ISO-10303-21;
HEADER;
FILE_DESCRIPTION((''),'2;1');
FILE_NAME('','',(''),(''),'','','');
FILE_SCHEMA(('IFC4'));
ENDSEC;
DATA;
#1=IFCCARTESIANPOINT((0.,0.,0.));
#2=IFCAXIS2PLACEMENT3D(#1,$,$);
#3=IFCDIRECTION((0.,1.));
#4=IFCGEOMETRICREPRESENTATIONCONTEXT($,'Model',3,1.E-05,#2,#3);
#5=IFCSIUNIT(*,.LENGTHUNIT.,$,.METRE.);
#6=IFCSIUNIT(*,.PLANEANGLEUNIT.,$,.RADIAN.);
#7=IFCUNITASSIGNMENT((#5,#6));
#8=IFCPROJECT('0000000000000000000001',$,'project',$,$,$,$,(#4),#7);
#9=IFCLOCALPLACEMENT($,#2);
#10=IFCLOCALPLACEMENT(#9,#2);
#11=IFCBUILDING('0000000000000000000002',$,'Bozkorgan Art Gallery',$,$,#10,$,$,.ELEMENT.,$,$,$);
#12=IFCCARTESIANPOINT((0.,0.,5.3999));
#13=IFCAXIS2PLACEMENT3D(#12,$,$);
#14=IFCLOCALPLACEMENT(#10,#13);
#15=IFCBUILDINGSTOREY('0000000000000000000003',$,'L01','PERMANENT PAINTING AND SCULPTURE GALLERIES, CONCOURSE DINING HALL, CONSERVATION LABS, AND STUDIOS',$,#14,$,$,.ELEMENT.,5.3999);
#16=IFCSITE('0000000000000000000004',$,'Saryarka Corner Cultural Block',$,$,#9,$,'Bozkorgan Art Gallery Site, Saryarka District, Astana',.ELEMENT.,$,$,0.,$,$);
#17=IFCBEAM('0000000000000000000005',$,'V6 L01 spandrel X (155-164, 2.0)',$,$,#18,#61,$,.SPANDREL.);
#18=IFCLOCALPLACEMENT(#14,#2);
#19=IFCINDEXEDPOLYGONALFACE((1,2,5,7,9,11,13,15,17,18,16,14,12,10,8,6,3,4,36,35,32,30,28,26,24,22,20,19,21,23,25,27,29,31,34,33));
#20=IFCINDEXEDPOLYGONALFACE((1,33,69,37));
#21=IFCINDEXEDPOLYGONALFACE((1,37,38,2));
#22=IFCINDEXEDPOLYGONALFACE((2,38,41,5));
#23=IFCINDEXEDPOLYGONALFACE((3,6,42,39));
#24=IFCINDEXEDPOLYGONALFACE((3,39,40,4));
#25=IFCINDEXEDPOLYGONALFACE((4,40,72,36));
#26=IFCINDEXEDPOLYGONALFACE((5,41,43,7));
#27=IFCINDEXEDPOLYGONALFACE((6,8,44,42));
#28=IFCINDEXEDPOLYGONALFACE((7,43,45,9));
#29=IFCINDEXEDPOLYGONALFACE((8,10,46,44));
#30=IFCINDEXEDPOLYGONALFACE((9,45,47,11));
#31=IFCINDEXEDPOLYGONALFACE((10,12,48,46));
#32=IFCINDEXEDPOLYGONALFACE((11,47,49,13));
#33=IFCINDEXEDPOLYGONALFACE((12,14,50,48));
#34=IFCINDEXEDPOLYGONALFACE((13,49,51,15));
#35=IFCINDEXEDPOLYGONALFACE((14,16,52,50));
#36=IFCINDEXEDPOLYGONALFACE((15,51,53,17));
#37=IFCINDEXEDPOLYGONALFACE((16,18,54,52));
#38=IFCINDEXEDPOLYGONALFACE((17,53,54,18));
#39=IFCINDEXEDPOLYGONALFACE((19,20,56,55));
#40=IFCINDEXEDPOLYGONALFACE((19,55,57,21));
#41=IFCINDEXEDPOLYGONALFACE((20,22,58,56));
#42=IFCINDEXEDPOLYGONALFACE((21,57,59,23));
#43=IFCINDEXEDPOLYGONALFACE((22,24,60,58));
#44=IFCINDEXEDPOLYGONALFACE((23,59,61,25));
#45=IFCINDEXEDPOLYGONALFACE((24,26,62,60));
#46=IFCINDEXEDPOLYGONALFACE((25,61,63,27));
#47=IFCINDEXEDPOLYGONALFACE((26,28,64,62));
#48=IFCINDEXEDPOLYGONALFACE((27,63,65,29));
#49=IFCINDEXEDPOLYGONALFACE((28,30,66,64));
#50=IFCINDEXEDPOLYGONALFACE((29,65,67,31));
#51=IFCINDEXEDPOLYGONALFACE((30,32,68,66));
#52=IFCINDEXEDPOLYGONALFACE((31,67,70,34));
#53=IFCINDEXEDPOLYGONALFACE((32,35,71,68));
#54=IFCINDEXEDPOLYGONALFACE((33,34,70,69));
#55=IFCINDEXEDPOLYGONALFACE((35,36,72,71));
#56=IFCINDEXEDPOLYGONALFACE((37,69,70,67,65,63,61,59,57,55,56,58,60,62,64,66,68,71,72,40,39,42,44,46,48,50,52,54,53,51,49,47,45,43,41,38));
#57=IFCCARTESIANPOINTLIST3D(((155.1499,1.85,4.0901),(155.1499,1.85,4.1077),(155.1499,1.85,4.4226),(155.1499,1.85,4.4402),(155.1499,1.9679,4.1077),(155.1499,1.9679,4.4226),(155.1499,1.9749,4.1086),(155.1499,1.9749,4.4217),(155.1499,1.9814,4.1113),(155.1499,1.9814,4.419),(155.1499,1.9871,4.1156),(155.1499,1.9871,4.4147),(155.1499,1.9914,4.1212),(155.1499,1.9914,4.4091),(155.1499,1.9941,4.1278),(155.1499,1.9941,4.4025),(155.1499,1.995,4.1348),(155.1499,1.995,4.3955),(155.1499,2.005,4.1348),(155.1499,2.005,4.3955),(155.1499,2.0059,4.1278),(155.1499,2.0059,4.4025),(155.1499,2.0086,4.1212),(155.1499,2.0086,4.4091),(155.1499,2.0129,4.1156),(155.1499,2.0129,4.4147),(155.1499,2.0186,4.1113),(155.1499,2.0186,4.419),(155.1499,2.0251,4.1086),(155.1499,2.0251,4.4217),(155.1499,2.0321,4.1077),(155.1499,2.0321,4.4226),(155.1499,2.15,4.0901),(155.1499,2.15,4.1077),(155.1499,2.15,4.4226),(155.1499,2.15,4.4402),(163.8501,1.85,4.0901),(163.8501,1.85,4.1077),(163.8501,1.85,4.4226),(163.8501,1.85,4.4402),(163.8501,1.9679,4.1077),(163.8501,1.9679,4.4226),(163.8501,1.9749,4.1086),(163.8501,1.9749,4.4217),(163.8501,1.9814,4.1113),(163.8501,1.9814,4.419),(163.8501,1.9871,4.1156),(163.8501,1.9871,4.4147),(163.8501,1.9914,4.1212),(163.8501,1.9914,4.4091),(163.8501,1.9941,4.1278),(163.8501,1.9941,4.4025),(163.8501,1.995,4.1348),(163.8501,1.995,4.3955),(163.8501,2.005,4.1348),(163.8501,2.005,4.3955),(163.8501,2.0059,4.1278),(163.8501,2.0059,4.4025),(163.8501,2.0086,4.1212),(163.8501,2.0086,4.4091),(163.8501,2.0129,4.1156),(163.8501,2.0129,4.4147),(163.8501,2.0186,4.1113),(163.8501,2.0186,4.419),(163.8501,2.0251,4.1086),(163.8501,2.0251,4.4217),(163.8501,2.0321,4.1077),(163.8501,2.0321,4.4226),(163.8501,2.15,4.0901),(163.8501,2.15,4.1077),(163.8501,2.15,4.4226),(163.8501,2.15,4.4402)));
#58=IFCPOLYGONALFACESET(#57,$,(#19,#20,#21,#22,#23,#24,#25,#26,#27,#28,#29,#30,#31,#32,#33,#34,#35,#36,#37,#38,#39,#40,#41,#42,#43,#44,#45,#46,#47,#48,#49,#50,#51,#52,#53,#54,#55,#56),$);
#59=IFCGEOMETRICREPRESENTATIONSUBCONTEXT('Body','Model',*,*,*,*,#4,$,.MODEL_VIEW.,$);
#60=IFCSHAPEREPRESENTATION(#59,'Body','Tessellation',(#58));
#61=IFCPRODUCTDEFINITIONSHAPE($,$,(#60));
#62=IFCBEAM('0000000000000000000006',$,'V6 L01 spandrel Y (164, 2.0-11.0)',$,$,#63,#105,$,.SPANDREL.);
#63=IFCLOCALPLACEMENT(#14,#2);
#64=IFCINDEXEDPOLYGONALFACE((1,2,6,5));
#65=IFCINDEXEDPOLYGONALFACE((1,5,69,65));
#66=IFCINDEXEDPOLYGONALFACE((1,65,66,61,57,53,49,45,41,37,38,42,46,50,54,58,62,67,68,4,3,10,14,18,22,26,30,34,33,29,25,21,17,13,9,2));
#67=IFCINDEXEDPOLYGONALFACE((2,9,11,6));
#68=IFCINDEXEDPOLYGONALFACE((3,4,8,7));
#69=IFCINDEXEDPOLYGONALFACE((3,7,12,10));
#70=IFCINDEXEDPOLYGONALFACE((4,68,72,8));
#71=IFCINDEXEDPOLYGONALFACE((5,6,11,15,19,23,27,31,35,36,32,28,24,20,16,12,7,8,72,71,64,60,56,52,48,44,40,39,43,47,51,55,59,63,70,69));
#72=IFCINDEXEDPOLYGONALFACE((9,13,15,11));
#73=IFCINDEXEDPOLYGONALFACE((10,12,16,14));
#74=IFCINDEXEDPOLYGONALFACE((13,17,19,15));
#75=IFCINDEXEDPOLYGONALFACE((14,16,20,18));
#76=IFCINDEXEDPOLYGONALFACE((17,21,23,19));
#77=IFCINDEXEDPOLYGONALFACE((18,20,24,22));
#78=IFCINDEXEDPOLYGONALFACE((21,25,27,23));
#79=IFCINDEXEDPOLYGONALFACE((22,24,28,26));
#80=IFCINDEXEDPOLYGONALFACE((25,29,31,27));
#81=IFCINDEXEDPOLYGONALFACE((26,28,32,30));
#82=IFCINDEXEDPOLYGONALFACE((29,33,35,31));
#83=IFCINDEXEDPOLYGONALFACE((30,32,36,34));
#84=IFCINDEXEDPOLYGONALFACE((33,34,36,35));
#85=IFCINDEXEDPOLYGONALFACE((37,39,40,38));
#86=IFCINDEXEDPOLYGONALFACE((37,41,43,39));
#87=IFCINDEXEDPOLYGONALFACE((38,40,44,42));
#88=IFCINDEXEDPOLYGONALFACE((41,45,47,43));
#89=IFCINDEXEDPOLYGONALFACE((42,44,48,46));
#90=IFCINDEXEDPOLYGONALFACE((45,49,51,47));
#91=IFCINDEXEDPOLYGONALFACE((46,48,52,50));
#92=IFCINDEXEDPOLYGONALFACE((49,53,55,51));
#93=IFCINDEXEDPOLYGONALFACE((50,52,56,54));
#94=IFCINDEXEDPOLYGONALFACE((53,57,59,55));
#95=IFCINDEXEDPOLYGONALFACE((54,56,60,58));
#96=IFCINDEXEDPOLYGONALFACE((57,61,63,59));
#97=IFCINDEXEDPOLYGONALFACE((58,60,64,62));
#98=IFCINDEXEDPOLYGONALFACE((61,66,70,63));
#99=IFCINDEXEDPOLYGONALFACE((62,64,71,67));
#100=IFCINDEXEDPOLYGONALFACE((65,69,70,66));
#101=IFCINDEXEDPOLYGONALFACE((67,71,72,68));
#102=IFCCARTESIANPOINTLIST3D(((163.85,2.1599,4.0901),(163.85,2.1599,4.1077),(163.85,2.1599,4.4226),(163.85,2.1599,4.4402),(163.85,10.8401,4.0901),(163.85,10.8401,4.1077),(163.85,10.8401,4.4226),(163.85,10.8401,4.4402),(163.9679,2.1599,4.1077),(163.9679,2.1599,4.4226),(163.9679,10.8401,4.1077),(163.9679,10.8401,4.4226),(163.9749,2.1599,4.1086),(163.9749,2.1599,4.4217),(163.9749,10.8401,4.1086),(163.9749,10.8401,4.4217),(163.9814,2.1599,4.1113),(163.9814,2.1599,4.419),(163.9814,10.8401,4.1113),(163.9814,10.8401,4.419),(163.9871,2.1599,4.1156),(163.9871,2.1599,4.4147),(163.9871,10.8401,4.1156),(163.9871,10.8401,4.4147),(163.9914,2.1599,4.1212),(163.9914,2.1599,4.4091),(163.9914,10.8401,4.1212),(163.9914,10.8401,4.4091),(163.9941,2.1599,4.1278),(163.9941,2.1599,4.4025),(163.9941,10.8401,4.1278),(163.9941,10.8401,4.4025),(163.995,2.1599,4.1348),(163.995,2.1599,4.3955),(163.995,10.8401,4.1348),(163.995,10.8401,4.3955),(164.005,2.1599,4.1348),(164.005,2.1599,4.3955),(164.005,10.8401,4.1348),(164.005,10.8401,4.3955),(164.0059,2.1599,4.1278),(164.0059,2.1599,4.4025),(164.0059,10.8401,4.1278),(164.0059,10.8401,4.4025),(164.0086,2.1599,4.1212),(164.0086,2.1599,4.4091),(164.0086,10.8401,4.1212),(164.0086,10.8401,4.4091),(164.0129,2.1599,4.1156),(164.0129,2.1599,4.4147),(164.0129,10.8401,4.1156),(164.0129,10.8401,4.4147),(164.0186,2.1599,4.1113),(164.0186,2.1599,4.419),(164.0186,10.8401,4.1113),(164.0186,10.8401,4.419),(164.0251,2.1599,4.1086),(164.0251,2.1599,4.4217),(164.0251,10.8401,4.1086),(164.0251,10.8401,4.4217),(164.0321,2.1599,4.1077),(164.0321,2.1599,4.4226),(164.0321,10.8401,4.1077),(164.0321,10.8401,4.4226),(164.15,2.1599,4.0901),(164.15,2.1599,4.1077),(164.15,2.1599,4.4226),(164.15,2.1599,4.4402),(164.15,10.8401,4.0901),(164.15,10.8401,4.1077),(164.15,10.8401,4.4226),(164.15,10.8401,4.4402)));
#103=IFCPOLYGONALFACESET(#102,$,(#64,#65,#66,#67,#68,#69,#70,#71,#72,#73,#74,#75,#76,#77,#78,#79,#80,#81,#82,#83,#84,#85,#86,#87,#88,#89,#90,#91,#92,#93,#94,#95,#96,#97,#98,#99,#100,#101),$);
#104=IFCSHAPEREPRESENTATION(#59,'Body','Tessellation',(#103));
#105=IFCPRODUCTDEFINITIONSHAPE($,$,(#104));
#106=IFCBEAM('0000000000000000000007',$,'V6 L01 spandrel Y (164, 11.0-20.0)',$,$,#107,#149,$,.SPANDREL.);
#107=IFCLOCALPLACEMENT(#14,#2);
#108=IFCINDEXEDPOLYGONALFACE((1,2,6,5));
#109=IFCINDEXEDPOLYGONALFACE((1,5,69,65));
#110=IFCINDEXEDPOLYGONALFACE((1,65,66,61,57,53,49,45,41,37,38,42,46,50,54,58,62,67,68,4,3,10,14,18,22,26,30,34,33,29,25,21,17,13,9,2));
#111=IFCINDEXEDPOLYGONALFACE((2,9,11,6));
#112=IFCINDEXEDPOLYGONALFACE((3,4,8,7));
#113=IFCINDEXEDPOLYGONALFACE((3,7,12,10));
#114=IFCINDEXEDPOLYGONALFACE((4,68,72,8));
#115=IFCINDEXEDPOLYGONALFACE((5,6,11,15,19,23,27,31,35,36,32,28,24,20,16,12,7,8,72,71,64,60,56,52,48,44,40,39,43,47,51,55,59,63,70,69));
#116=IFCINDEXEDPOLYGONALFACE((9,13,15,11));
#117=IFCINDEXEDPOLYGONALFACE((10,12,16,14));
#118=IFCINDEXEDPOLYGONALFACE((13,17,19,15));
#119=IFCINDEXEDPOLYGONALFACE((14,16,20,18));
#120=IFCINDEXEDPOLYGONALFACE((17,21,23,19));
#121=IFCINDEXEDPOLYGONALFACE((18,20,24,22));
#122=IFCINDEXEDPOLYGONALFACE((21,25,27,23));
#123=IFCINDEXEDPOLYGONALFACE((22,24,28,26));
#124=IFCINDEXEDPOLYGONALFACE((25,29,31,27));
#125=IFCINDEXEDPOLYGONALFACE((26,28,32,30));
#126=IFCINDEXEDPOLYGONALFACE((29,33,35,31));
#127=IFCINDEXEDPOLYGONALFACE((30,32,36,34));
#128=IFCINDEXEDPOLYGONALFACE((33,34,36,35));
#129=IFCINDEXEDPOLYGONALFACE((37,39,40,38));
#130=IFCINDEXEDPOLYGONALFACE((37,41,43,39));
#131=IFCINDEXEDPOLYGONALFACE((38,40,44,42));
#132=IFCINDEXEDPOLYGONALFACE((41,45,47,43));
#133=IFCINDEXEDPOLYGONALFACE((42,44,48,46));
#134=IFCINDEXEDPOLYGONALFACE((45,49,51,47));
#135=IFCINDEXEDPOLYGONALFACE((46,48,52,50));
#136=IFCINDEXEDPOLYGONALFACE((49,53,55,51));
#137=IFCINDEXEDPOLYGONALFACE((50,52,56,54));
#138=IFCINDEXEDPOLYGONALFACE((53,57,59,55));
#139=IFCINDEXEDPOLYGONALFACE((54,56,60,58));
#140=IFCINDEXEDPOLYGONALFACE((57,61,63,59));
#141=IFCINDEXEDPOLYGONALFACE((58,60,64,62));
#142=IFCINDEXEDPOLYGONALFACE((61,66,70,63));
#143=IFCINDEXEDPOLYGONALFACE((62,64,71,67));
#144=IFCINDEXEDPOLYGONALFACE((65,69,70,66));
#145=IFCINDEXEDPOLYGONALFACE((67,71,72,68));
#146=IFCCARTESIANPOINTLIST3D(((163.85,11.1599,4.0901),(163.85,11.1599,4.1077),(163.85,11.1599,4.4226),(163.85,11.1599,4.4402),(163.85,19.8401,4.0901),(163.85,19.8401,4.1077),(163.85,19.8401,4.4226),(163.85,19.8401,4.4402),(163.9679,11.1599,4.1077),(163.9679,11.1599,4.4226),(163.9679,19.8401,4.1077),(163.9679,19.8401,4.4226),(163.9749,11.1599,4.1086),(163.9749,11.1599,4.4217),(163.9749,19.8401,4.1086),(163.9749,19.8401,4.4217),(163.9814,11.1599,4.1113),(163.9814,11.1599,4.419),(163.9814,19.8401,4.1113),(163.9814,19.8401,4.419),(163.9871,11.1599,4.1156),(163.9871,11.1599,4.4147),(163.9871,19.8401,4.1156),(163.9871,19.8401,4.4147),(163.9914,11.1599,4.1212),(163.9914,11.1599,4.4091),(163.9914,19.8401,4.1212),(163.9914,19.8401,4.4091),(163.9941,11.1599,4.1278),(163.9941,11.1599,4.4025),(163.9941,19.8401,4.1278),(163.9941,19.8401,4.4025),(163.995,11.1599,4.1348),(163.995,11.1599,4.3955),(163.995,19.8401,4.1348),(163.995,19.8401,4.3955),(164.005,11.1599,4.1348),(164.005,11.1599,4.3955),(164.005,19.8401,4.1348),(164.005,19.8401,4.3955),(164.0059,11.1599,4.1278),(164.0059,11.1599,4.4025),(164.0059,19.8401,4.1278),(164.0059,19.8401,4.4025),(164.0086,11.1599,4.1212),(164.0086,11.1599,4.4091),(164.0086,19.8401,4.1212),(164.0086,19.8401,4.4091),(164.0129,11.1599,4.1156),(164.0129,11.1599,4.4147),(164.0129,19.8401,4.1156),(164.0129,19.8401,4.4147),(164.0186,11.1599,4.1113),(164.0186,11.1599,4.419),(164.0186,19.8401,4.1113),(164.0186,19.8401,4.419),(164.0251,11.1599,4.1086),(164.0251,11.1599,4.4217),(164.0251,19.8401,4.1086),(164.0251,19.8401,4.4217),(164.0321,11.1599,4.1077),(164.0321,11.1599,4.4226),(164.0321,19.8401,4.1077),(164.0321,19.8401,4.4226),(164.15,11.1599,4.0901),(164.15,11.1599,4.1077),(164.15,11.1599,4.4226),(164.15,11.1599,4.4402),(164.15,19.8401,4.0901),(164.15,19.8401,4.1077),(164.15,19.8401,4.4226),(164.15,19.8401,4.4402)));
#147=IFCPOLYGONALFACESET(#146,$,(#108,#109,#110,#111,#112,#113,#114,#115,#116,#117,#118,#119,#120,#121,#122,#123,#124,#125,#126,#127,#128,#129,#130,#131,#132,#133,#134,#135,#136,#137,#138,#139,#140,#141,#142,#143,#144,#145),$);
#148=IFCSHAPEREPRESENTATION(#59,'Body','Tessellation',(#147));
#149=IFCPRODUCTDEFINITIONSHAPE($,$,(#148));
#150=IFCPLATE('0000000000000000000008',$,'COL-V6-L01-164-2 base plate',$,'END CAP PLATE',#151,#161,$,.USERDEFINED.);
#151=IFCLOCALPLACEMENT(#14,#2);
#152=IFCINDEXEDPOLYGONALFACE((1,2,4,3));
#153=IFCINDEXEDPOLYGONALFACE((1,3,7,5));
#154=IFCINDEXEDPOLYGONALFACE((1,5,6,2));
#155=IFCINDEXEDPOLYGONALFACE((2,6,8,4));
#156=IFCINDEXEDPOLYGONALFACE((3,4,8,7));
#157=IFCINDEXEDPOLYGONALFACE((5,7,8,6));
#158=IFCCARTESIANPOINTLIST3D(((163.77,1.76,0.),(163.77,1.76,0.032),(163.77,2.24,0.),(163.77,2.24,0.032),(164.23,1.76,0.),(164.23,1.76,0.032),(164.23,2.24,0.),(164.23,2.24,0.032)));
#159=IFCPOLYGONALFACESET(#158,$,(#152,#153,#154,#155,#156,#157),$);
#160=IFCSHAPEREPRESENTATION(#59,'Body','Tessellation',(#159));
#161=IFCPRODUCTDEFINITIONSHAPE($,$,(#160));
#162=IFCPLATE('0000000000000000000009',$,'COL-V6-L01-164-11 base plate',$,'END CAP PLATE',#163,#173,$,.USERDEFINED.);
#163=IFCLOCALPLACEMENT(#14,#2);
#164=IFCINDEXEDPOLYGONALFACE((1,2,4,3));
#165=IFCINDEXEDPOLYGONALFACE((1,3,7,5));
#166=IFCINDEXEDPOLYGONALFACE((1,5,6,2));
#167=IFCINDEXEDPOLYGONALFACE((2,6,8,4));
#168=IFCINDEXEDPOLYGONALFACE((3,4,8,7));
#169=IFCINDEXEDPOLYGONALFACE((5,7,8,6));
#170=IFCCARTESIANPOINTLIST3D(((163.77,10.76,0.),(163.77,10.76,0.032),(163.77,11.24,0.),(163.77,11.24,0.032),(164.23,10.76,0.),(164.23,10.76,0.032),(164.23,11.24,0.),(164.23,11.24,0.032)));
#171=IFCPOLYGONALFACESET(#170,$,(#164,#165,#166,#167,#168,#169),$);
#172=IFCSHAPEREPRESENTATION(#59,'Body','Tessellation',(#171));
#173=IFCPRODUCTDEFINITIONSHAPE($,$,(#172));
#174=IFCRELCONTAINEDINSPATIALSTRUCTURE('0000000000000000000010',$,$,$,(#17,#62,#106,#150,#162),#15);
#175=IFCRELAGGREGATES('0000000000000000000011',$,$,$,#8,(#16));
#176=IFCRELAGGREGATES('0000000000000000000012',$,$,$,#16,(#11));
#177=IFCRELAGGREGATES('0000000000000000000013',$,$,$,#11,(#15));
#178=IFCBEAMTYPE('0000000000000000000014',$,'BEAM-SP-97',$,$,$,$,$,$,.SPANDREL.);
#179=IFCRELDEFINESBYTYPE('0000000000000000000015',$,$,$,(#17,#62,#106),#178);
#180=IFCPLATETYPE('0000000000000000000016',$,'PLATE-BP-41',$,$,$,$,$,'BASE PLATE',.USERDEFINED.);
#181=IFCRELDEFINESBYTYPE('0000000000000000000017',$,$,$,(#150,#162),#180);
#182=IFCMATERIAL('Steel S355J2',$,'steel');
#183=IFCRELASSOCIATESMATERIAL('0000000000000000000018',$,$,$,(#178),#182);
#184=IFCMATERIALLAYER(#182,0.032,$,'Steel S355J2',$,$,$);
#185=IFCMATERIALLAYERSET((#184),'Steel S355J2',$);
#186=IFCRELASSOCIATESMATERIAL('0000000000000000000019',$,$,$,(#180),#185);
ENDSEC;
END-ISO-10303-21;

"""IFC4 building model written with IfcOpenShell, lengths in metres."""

from ifc_helpers import new_model, si_unit, direction, frame, origin, origin_2d, place, context, subcontext, project, spatial, rectangle, i_section, extrude, material, layer, layer_set, material_profile, profile_set, type_object, element, save


model = new_model("IFC4")

# Units and contexts
model_context = context("Model", 3, precision=1e-05, world=origin(), true_north=direction((0.0, 1.0)))
body_context = subcontext(model_context, "Body", "Model", "MODEL_VIEW")
ifc_project = project(units=[si_unit("LENGTHUNIT", "METRE"), si_unit("PLANEANGLEUNIT", "RADIAN")], contexts=[model_context])

# Site, building, storey
site_placement = place(None, origin())
site = spatial("IfcSite", under=ifc_project, at=site_placement, Name="Saryarka Corner Cultural Block", LongName="Bozkorgan Art Gallery Site, Saryarka District, Astana", CompositionType="ELEMENT", RefElevation=0.0)
building_placement = place(site_placement, origin())
building = spatial("IfcBuilding", under=site, at=building_placement, Name="Bozkorgan Art Gallery", CompositionType="ELEMENT")
storey_placement = place(building_placement, frame((0.0, 0.0, 5.3999)))
storey = spatial("IfcBuildingStorey", under=building, at=storey_placement, Name="L01", Description="PERMANENT PAINTING AND SCULPTURE GALLERIES, CONCOURSE DINING HALL, CONSERVATION LABS, AND STUDIOS", CompositionType="ELEMENT", Elevation=5.3999)

# Shared definitions
ifc_material_1 = material(Name="Steel S355J2", Category="steel")

# Beams
ifc_material_profile_1 = material_profile(ifc_material_1, i_section(OverallWidth=0.3, OverallDepth=0.3501, WebThickness=0.01, FlangeThickness=0.0176, FilletRadius=0.0271, at=origin_2d()), Name="HEA 360")
ifc_profile_set_1 = profile_set([ifc_material_profile_1], Name="Steel S355J2")
beam_type_1 = type_object("IfcBeamType", Name="BEAM-SP-97", PredefinedType="SPANDREL", material=ifc_profile_set_1)
beam_1_placement = place(storey_placement, frame((155.1499, 2.0, 4.2651), z_axis=(1.0, 0.0, 0.0), x_axis=(0.0, 1.0, 0.0)))
element("IfcBeam", 1, at=beam_1_placement, inside=storey, type_object=beam_type_1, Name="V6 L01 spandrel X (155-164, 2.0)", PredefinedType="SPANDREL", context=body_context, shape_type="SweptSolid", body=[
    extrude(i_section(OverallWidth=0.3, OverallDepth=0.3501, WebThickness=0.01, FlangeThickness=0.0176, FilletRadius=0.0271, at=origin_2d()), origin(), (0.0, 0.0, 1.0), 8.7002),
])
for number, where, z_axis, x_axis, name in (
    (2, (164.0, 2.1599, 4.2651), (0.0, 1.0, 0.0), (-1.0, 0.0, 0.0), "V6 L01 spandrel Y (164, 2.0-11.0)"),
    (3, (164.0, 11.1599, 4.2651), (0.0, 1.0, 0.0), (-1.0, 0.0, 0.0), "V6 L01 spandrel Y (164, 11.0-20.0)"),
):
    element("IfcBeam", number, at=place(storey_placement, frame(where, z_axis=z_axis, x_axis=x_axis)), inside=storey, type_object=beam_type_1, Name=name, PredefinedType="SPANDREL", context=body_context, shape_type="SweptSolid", body=[
        extrude(i_section(OverallWidth=0.3, OverallDepth=0.3501, WebThickness=0.01, FlangeThickness=0.0176, FilletRadius=0.0271, at=origin_2d()), origin(), (0.0, 0.0, 1.0), 8.6802),
    ])

# Plates
ifc_layer_1 = layer(ifc_material_1, 0.032, Name="Steel S355J2")
ifc_layer_set_1 = layer_set([ifc_layer_1], Name="Steel S355J2")
plate_type = type_object("IfcPlateType", Name="PLATE-BP-41", ElementType="BASE PLATE", PredefinedType="USERDEFINED", material=ifc_layer_set_1)
for number, where, z_axis, x_axis, name in (
    (4, (164.0, 2.0, 0.0), (0.0, 0.0, 1.0), (1.0, 0.0, 0.0), "COL-V6-L01-164-2 base plate"),
    (5, (164.0, 11.0, 0.0), (0.0, 0.0, 1.0), (1.0, 0.0, 0.0), "COL-V6-L01-164-11 base plate"),
):
    element("IfcPlate", number, at=place(storey_placement, frame(where, z_axis=z_axis, x_axis=x_axis)), inside=storey, type_object=plate_type, Name=name, ObjectType="END CAP PLATE", PredefinedType="USERDEFINED", context=body_context, shape_type="SweptSolid", body=[
        extrude(rectangle(XDim=0.46, YDim=0.48, at=origin_2d()), origin(), (0.0, 0.0, 1.0), 0.032),
    ])

save(model, "model.ifc")
